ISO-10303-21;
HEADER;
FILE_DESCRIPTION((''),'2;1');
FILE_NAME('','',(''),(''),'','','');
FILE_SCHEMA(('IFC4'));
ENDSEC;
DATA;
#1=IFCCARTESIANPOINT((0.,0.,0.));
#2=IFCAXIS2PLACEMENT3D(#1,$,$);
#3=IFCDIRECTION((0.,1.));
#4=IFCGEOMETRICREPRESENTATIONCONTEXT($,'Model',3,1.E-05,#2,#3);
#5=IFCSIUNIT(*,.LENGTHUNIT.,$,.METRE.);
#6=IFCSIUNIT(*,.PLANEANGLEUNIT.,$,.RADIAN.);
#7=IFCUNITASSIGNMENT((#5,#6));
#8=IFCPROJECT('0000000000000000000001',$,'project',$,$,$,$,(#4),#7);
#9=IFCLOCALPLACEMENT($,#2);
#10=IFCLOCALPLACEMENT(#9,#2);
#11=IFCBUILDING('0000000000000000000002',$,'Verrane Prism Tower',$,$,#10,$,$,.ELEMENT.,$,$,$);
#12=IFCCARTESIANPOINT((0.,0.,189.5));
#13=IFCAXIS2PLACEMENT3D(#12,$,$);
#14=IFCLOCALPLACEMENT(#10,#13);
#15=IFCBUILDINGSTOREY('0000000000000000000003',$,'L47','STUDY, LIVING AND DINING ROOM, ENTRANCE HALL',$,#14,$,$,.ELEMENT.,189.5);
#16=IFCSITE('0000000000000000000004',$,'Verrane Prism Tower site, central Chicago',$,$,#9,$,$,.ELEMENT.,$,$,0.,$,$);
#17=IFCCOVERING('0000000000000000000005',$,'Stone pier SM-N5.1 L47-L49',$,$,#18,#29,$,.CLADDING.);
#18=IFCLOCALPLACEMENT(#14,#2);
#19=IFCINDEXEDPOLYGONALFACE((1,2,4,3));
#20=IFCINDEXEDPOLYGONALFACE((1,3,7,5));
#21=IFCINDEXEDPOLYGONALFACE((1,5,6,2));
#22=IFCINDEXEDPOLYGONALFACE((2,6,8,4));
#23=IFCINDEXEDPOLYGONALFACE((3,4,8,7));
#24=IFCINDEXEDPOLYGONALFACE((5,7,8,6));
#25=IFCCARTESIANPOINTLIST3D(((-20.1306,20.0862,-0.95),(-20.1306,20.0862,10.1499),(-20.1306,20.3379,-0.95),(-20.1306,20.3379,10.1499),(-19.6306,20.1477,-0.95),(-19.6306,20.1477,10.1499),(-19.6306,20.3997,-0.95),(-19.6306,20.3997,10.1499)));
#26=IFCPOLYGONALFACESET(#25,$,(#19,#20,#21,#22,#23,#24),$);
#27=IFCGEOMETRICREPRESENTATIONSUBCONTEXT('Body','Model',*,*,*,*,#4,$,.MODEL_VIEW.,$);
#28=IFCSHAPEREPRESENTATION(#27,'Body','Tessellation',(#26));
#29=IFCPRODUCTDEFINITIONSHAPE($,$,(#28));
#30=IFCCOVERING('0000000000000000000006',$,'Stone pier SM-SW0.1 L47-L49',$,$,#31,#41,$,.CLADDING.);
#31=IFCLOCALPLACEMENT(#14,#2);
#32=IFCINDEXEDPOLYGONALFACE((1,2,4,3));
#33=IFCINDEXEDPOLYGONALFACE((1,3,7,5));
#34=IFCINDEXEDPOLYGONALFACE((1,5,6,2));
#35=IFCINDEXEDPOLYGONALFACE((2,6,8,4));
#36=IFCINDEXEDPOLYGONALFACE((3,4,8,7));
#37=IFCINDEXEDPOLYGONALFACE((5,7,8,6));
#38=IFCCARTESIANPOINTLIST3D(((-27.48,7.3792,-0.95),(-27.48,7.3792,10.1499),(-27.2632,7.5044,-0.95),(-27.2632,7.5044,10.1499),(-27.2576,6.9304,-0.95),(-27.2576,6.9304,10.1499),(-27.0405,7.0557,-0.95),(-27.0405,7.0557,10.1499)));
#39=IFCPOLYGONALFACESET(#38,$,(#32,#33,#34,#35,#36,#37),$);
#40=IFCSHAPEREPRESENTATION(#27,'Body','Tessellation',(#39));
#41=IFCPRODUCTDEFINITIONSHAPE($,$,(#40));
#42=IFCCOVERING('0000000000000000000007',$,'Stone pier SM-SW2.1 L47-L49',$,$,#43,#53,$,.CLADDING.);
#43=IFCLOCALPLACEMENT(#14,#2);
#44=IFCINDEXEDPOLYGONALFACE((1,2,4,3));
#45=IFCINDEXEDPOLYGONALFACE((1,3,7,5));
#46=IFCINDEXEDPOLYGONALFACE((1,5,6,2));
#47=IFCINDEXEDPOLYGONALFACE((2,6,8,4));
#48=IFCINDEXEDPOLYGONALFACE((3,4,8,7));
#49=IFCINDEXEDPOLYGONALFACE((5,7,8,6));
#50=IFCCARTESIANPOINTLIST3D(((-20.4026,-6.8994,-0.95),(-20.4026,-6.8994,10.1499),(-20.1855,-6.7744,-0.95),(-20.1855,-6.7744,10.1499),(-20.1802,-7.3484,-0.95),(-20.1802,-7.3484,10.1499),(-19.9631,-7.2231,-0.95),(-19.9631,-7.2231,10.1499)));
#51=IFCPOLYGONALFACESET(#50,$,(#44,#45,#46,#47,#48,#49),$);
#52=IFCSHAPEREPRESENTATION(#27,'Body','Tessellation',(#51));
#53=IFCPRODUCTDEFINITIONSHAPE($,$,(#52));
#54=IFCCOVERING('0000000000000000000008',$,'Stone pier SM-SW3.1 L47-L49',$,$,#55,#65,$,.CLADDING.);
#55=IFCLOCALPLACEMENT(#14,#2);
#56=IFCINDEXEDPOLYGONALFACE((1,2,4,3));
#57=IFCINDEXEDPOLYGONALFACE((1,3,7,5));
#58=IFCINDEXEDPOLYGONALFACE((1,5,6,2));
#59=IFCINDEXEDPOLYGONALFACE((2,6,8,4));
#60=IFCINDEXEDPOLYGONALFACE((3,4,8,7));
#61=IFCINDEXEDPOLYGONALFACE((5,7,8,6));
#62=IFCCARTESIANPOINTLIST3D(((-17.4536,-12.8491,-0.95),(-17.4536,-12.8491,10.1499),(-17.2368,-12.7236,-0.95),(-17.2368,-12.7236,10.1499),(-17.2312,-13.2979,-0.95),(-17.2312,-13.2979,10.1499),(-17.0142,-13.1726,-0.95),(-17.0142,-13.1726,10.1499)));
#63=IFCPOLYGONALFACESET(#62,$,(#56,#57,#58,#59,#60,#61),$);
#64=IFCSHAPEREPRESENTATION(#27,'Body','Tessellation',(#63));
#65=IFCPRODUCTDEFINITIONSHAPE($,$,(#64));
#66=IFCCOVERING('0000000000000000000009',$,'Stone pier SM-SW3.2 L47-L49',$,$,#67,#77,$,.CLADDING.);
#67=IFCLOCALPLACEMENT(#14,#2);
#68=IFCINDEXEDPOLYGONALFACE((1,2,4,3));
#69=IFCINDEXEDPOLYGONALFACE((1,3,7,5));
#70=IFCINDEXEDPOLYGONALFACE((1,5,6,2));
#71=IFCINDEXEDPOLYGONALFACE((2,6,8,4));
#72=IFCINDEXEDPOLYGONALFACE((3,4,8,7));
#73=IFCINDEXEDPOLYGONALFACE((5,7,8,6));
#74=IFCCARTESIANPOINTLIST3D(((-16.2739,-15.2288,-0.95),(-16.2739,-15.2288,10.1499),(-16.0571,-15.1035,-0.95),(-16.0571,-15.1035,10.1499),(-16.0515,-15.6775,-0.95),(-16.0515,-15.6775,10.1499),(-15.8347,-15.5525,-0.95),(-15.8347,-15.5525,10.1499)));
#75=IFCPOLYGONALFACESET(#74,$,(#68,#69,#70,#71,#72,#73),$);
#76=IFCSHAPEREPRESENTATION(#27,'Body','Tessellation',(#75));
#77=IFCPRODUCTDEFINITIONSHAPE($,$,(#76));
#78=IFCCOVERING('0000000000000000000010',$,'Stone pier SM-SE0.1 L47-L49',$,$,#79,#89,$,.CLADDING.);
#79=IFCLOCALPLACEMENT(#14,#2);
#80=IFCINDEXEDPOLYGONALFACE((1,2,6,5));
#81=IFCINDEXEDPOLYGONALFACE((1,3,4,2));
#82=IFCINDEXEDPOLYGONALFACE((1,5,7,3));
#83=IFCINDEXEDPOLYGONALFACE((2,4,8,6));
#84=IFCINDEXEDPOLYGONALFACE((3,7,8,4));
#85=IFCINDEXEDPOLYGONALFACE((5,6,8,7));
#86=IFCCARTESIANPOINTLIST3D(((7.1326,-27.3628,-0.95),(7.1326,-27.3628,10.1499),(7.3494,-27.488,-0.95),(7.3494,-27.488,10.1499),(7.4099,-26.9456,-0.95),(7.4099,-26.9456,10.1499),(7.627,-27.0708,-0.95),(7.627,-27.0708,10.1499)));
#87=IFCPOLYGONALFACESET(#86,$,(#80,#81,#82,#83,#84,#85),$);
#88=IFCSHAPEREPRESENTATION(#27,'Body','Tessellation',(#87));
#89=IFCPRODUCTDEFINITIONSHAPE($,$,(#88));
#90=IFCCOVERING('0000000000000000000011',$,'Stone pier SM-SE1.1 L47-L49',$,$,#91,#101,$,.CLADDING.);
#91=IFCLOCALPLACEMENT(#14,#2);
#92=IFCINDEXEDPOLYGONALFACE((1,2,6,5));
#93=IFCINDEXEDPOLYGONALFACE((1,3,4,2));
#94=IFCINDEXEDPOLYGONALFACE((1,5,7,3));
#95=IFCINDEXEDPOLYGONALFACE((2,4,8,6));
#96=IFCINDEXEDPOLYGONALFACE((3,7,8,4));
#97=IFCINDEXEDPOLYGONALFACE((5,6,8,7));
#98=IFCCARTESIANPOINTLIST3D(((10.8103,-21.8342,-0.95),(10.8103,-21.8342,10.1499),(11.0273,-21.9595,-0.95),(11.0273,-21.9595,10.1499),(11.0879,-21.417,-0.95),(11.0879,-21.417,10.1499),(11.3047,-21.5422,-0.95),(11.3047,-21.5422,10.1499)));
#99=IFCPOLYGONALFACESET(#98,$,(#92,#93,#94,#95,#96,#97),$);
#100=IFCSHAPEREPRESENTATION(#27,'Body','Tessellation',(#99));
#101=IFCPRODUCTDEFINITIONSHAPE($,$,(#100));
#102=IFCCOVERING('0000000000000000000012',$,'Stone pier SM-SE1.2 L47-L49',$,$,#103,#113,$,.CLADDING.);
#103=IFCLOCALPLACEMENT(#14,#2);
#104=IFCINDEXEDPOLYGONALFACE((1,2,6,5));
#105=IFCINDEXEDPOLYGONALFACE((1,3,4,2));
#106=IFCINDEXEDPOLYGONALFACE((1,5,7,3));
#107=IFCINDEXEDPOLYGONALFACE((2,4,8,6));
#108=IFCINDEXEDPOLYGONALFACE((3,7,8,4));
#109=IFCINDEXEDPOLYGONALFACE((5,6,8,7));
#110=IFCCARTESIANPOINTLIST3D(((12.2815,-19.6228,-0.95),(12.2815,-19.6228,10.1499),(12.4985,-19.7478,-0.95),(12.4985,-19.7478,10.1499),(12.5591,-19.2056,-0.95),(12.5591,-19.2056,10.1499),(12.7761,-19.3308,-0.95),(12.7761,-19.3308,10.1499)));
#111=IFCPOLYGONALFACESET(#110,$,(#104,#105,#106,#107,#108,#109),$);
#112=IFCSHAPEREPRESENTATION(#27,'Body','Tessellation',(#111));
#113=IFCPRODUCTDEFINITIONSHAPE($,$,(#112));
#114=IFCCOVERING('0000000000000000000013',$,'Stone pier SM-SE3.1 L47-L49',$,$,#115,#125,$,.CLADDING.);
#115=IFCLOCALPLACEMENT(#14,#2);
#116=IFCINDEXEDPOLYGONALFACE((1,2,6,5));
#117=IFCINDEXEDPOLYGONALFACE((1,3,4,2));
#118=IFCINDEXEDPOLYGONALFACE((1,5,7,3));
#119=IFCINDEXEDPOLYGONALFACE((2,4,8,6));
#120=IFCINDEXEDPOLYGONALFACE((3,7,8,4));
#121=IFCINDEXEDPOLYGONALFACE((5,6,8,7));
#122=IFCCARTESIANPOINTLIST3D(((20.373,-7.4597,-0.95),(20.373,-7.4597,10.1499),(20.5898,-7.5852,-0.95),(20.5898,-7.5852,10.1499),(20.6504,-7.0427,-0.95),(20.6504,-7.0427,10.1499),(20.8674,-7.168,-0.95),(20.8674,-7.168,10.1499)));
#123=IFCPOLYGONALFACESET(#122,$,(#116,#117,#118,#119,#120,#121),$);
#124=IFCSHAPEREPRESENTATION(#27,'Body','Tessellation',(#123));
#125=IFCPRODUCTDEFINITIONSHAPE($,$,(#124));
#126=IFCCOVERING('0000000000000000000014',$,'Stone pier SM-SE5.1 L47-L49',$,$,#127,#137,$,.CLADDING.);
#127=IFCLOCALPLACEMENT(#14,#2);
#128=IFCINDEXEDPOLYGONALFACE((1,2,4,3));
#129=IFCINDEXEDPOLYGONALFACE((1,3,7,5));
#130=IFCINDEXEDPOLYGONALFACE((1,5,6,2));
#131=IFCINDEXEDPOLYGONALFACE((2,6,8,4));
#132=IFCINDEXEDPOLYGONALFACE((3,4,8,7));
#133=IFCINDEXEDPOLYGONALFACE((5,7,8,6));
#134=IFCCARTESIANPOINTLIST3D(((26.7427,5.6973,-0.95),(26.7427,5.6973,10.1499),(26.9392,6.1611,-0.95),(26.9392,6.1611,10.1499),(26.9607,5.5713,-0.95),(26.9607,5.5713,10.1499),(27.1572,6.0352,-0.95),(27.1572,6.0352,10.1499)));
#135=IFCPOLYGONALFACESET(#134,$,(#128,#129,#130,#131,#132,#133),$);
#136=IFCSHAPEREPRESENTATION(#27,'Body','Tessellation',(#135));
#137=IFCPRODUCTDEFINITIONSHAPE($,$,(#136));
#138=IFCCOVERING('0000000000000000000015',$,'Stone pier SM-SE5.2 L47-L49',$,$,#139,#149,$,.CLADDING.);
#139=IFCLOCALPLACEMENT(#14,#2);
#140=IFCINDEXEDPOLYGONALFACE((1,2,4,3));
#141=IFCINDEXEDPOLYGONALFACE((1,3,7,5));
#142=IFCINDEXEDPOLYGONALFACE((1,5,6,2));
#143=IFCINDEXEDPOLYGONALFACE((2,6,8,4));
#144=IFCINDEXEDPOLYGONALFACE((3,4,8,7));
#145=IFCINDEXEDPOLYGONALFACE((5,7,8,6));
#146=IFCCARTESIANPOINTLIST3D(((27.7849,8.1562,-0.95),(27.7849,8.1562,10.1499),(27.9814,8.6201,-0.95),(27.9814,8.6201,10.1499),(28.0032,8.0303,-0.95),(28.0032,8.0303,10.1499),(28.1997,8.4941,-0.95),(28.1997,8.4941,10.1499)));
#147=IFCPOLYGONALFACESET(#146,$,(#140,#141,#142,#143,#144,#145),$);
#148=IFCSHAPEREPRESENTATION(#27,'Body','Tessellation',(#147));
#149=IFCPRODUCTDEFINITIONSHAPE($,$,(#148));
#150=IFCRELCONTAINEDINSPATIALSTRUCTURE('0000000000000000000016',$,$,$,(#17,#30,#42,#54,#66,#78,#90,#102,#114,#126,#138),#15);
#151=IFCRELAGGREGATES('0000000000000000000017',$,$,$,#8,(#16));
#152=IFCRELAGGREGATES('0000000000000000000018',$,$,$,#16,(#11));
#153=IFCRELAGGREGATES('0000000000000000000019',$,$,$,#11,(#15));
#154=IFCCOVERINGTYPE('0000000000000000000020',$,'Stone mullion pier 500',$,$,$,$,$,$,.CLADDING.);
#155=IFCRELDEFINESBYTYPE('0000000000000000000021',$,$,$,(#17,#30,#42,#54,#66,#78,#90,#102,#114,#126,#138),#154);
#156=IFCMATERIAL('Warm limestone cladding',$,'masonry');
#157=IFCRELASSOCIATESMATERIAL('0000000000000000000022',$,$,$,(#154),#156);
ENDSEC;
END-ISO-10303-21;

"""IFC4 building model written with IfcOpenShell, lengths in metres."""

from ifc_helpers import new_model, si_unit, direction, frame, origin, place, context, subcontext, project, spatial, polyline, outline, extrude, material, type_object, element, save


model = new_model("IFC4")

# Units and contexts
model_context = context("Model", 3, precision=1e-05, world=origin(), true_north=direction((0.0, 1.0)))
body_context = subcontext(model_context, "Body", "Model", "MODEL_VIEW")
ifc_project = project(units=[si_unit("LENGTHUNIT", "METRE"), si_unit("PLANEANGLEUNIT", "RADIAN")], contexts=[model_context])

# Site, building, storey
site_placement = place(None, origin())
site = spatial("IfcSite", under=ifc_project, at=site_placement, Name="Verrane Prism Tower site, central Chicago", CompositionType="ELEMENT", RefElevation=0.0)
building_placement = place(site_placement, origin())
building = spatial("IfcBuilding", under=site, at=building_placement, Name="Verrane Prism Tower", CompositionType="ELEMENT")
storey_placement = place(building_placement, frame((0.0, 0.0, 189.5)))
storey = spatial("IfcBuildingStorey", under=building, at=storey_placement, Name="L47", Description="STUDY, LIVING AND DINING ROOM, ENTRANCE HALL", CompositionType="ELEMENT", Elevation=189.5)

# Coverings
ifc_material_1 = material(Name="Warm limestone cladding", Category="masonry")
covering_type_1 = type_object("IfcCoveringType", Name="Stone mullion pier 500", PredefinedType="CLADDING", material=ifc_material_1)
covering_1_placement = place(storey_placement, frame((0.0, 0.0, -0.95)))
element("IfcCovering", 1, at=covering_1_placement, inside=storey, type_object=covering_type_1, Name="Stone pier SM-N5.1 L47-L49", PredefinedType="CLADDING", context=body_context, shape_type="SweptSolid", body=[
    extrude(outline(polyline([(-20.1306, 20.0862), (-19.6306, 20.1477), (-19.6306, 20.3997), (-20.1306, 20.3379), (-20.1306, 20.0862)])), origin(), (0.0, 0.0, 1.0), 11.0999),
])
covering_2_placement = place(storey_placement, frame((0.0, 0.0, -0.95)))
element("IfcCovering", 2, at=covering_2_placement, inside=storey, type_object=covering_type_1, Name="Stone pier SM-SW0.1 L47-L49", PredefinedType="CLADDING", context=body_context, shape_type="SweptSolid", body=[
    extrude(outline(polyline([(-27.0405, 7.0557), (-27.2632, 7.5044), (-27.48, 7.3792), (-27.2576, 6.9304), (-27.0405, 7.0557)])), origin(), (0.0, 0.0, 1.0), 11.0999),
])
covering_3_placement = place(storey_placement, frame((0.0, 0.0, -0.95)))
element("IfcCovering", 3, at=covering_3_placement, inside=storey, type_object=covering_type_1, Name="Stone pier SM-SW2.1 L47-L49", PredefinedType="CLADDING", context=body_context, shape_type="SweptSolid", body=[
    extrude(outline(polyline([(-19.9631, -7.2231), (-20.1855, -6.7744), (-20.4026, -6.8994), (-20.1802, -7.3484), (-19.9631, -7.2231)])), origin(), (0.0, 0.0, 1.0), 11.0999),
])
covering_4_placement = place(storey_placement, frame((0.0, 0.0, -0.95)))
element("IfcCovering", 4, at=covering_4_placement, inside=storey, type_object=covering_type_1, Name="Stone pier SM-SW3.1 L47-L49", PredefinedType="CLADDING", context=body_context, shape_type="SweptSolid", body=[
    extrude(outline(polyline([(-17.0142, -13.1726), (-17.2368, -12.7236), (-17.4536, -12.8491), (-17.2312, -13.2979), (-17.0142, -13.1726)])), origin(), (0.0, 0.0, 1.0), 11.0999),
])
covering_5_placement = place(storey_placement, frame((0.0, 0.0, -0.95)))
element("IfcCovering", 5, at=covering_5_placement, inside=storey, type_object=covering_type_1, Name="Stone pier SM-SW3.2 L47-L49", PredefinedType="CLADDING", context=body_context, shape_type="SweptSolid", body=[
    extrude(outline(polyline([(-15.8347, -15.5525), (-16.0571, -15.1035), (-16.2739, -15.2288), (-16.0515, -15.6775), (-15.8347, -15.5525)])), origin(), (0.0, 0.0, 1.0), 11.0999),
])
covering_6_placement = place(storey_placement, frame((0.0, 0.0, -0.95)))
element("IfcCovering", 6, at=covering_6_placement, inside=storey, type_object=covering_type_1, Name="Stone pier SM-SE0.1 L47-L49", PredefinedType="CLADDING", context=body_context, shape_type="SweptSolid", body=[
    extrude(outline(polyline([(7.4099, -26.9456), (7.1326, -27.3628), (7.3494, -27.488), (7.627, -27.0708), (7.4099, -26.9456)])), origin(), (0.0, 0.0, 1.0), 11.0999),
])
covering_7_placement = place(storey_placement, frame((0.0, 0.0, -0.95)))
element("IfcCovering", 7, at=covering_7_placement, inside=storey, type_object=covering_type_1, Name="Stone pier SM-SE1.1 L47-L49", PredefinedType="CLADDING", context=body_context, shape_type="SweptSolid", body=[
    extrude(outline(polyline([(11.0879, -21.417), (10.8103, -21.8342), (11.0273, -21.9595), (11.3047, -21.5422), (11.0879, -21.417)])), origin(), (0.0, 0.0, 1.0), 11.0999),
])
covering_8_placement = place(storey_placement, frame((0.0, 0.0, -0.95)))
element("IfcCovering", 8, at=covering_8_placement, inside=storey, type_object=covering_type_1, Name="Stone pier SM-SE1.2 L47-L49", PredefinedType="CLADDING", context=body_context, shape_type="SweptSolid", body=[
    extrude(outline(polyline([(12.5591, -19.2056), (12.2815, -19.6228), (12.4985, -19.7478), (12.7761, -19.3308), (12.5591, -19.2056)])), origin(), (0.0, 0.0, 1.0), 11.0999),
])
covering_9_placement = place(storey_placement, frame((0.0, 0.0, -0.95)))
element("IfcCovering", 9, at=covering_9_placement, inside=storey, type_object=covering_type_1, Name="Stone pier SM-SE3.1 L47-L49", PredefinedType="CLADDING", context=body_context, shape_type="SweptSolid", body=[
    extrude(outline(polyline([(20.6504, -7.0427), (20.373, -7.4597), (20.5898, -7.5852), (20.8674, -7.168), (20.6504, -7.0427)])), origin(), (0.0, 0.0, 1.0), 11.0999),
])
covering_10_placement = place(storey_placement, frame((0.0, 0.0, -0.95)))
element("IfcCovering", 10, at=covering_10_placement, inside=storey, type_object=covering_type_1, Name="Stone pier SM-SE5.1 L47-L49", PredefinedType="CLADDING", context=body_context, shape_type="SweptSolid", body=[
    extrude(outline(polyline([(26.9392, 6.1611), (26.7427, 5.6973), (26.9607, 5.5713), (27.1572, 6.0352), (26.9392, 6.1611)])), origin(), (0.0, 0.0, 1.0), 11.0999),
])
covering_11_placement = place(storey_placement, frame((0.0, 0.0, -0.95)))
element("IfcCovering", 11, at=covering_11_placement, inside=storey, type_object=covering_type_1, Name="Stone pier SM-SE5.2 L47-L49", PredefinedType="CLADDING", context=body_context, shape_type="SweptSolid", body=[
    extrude(outline(polyline([(27.9814, 8.6201), (27.7849, 8.1562), (28.0032, 8.0303), (28.1997, 8.4941), (27.9814, 8.6201)])), origin(), (0.0, 0.0, 1.0), 11.0999),
])

save(model, "model.ifc")
